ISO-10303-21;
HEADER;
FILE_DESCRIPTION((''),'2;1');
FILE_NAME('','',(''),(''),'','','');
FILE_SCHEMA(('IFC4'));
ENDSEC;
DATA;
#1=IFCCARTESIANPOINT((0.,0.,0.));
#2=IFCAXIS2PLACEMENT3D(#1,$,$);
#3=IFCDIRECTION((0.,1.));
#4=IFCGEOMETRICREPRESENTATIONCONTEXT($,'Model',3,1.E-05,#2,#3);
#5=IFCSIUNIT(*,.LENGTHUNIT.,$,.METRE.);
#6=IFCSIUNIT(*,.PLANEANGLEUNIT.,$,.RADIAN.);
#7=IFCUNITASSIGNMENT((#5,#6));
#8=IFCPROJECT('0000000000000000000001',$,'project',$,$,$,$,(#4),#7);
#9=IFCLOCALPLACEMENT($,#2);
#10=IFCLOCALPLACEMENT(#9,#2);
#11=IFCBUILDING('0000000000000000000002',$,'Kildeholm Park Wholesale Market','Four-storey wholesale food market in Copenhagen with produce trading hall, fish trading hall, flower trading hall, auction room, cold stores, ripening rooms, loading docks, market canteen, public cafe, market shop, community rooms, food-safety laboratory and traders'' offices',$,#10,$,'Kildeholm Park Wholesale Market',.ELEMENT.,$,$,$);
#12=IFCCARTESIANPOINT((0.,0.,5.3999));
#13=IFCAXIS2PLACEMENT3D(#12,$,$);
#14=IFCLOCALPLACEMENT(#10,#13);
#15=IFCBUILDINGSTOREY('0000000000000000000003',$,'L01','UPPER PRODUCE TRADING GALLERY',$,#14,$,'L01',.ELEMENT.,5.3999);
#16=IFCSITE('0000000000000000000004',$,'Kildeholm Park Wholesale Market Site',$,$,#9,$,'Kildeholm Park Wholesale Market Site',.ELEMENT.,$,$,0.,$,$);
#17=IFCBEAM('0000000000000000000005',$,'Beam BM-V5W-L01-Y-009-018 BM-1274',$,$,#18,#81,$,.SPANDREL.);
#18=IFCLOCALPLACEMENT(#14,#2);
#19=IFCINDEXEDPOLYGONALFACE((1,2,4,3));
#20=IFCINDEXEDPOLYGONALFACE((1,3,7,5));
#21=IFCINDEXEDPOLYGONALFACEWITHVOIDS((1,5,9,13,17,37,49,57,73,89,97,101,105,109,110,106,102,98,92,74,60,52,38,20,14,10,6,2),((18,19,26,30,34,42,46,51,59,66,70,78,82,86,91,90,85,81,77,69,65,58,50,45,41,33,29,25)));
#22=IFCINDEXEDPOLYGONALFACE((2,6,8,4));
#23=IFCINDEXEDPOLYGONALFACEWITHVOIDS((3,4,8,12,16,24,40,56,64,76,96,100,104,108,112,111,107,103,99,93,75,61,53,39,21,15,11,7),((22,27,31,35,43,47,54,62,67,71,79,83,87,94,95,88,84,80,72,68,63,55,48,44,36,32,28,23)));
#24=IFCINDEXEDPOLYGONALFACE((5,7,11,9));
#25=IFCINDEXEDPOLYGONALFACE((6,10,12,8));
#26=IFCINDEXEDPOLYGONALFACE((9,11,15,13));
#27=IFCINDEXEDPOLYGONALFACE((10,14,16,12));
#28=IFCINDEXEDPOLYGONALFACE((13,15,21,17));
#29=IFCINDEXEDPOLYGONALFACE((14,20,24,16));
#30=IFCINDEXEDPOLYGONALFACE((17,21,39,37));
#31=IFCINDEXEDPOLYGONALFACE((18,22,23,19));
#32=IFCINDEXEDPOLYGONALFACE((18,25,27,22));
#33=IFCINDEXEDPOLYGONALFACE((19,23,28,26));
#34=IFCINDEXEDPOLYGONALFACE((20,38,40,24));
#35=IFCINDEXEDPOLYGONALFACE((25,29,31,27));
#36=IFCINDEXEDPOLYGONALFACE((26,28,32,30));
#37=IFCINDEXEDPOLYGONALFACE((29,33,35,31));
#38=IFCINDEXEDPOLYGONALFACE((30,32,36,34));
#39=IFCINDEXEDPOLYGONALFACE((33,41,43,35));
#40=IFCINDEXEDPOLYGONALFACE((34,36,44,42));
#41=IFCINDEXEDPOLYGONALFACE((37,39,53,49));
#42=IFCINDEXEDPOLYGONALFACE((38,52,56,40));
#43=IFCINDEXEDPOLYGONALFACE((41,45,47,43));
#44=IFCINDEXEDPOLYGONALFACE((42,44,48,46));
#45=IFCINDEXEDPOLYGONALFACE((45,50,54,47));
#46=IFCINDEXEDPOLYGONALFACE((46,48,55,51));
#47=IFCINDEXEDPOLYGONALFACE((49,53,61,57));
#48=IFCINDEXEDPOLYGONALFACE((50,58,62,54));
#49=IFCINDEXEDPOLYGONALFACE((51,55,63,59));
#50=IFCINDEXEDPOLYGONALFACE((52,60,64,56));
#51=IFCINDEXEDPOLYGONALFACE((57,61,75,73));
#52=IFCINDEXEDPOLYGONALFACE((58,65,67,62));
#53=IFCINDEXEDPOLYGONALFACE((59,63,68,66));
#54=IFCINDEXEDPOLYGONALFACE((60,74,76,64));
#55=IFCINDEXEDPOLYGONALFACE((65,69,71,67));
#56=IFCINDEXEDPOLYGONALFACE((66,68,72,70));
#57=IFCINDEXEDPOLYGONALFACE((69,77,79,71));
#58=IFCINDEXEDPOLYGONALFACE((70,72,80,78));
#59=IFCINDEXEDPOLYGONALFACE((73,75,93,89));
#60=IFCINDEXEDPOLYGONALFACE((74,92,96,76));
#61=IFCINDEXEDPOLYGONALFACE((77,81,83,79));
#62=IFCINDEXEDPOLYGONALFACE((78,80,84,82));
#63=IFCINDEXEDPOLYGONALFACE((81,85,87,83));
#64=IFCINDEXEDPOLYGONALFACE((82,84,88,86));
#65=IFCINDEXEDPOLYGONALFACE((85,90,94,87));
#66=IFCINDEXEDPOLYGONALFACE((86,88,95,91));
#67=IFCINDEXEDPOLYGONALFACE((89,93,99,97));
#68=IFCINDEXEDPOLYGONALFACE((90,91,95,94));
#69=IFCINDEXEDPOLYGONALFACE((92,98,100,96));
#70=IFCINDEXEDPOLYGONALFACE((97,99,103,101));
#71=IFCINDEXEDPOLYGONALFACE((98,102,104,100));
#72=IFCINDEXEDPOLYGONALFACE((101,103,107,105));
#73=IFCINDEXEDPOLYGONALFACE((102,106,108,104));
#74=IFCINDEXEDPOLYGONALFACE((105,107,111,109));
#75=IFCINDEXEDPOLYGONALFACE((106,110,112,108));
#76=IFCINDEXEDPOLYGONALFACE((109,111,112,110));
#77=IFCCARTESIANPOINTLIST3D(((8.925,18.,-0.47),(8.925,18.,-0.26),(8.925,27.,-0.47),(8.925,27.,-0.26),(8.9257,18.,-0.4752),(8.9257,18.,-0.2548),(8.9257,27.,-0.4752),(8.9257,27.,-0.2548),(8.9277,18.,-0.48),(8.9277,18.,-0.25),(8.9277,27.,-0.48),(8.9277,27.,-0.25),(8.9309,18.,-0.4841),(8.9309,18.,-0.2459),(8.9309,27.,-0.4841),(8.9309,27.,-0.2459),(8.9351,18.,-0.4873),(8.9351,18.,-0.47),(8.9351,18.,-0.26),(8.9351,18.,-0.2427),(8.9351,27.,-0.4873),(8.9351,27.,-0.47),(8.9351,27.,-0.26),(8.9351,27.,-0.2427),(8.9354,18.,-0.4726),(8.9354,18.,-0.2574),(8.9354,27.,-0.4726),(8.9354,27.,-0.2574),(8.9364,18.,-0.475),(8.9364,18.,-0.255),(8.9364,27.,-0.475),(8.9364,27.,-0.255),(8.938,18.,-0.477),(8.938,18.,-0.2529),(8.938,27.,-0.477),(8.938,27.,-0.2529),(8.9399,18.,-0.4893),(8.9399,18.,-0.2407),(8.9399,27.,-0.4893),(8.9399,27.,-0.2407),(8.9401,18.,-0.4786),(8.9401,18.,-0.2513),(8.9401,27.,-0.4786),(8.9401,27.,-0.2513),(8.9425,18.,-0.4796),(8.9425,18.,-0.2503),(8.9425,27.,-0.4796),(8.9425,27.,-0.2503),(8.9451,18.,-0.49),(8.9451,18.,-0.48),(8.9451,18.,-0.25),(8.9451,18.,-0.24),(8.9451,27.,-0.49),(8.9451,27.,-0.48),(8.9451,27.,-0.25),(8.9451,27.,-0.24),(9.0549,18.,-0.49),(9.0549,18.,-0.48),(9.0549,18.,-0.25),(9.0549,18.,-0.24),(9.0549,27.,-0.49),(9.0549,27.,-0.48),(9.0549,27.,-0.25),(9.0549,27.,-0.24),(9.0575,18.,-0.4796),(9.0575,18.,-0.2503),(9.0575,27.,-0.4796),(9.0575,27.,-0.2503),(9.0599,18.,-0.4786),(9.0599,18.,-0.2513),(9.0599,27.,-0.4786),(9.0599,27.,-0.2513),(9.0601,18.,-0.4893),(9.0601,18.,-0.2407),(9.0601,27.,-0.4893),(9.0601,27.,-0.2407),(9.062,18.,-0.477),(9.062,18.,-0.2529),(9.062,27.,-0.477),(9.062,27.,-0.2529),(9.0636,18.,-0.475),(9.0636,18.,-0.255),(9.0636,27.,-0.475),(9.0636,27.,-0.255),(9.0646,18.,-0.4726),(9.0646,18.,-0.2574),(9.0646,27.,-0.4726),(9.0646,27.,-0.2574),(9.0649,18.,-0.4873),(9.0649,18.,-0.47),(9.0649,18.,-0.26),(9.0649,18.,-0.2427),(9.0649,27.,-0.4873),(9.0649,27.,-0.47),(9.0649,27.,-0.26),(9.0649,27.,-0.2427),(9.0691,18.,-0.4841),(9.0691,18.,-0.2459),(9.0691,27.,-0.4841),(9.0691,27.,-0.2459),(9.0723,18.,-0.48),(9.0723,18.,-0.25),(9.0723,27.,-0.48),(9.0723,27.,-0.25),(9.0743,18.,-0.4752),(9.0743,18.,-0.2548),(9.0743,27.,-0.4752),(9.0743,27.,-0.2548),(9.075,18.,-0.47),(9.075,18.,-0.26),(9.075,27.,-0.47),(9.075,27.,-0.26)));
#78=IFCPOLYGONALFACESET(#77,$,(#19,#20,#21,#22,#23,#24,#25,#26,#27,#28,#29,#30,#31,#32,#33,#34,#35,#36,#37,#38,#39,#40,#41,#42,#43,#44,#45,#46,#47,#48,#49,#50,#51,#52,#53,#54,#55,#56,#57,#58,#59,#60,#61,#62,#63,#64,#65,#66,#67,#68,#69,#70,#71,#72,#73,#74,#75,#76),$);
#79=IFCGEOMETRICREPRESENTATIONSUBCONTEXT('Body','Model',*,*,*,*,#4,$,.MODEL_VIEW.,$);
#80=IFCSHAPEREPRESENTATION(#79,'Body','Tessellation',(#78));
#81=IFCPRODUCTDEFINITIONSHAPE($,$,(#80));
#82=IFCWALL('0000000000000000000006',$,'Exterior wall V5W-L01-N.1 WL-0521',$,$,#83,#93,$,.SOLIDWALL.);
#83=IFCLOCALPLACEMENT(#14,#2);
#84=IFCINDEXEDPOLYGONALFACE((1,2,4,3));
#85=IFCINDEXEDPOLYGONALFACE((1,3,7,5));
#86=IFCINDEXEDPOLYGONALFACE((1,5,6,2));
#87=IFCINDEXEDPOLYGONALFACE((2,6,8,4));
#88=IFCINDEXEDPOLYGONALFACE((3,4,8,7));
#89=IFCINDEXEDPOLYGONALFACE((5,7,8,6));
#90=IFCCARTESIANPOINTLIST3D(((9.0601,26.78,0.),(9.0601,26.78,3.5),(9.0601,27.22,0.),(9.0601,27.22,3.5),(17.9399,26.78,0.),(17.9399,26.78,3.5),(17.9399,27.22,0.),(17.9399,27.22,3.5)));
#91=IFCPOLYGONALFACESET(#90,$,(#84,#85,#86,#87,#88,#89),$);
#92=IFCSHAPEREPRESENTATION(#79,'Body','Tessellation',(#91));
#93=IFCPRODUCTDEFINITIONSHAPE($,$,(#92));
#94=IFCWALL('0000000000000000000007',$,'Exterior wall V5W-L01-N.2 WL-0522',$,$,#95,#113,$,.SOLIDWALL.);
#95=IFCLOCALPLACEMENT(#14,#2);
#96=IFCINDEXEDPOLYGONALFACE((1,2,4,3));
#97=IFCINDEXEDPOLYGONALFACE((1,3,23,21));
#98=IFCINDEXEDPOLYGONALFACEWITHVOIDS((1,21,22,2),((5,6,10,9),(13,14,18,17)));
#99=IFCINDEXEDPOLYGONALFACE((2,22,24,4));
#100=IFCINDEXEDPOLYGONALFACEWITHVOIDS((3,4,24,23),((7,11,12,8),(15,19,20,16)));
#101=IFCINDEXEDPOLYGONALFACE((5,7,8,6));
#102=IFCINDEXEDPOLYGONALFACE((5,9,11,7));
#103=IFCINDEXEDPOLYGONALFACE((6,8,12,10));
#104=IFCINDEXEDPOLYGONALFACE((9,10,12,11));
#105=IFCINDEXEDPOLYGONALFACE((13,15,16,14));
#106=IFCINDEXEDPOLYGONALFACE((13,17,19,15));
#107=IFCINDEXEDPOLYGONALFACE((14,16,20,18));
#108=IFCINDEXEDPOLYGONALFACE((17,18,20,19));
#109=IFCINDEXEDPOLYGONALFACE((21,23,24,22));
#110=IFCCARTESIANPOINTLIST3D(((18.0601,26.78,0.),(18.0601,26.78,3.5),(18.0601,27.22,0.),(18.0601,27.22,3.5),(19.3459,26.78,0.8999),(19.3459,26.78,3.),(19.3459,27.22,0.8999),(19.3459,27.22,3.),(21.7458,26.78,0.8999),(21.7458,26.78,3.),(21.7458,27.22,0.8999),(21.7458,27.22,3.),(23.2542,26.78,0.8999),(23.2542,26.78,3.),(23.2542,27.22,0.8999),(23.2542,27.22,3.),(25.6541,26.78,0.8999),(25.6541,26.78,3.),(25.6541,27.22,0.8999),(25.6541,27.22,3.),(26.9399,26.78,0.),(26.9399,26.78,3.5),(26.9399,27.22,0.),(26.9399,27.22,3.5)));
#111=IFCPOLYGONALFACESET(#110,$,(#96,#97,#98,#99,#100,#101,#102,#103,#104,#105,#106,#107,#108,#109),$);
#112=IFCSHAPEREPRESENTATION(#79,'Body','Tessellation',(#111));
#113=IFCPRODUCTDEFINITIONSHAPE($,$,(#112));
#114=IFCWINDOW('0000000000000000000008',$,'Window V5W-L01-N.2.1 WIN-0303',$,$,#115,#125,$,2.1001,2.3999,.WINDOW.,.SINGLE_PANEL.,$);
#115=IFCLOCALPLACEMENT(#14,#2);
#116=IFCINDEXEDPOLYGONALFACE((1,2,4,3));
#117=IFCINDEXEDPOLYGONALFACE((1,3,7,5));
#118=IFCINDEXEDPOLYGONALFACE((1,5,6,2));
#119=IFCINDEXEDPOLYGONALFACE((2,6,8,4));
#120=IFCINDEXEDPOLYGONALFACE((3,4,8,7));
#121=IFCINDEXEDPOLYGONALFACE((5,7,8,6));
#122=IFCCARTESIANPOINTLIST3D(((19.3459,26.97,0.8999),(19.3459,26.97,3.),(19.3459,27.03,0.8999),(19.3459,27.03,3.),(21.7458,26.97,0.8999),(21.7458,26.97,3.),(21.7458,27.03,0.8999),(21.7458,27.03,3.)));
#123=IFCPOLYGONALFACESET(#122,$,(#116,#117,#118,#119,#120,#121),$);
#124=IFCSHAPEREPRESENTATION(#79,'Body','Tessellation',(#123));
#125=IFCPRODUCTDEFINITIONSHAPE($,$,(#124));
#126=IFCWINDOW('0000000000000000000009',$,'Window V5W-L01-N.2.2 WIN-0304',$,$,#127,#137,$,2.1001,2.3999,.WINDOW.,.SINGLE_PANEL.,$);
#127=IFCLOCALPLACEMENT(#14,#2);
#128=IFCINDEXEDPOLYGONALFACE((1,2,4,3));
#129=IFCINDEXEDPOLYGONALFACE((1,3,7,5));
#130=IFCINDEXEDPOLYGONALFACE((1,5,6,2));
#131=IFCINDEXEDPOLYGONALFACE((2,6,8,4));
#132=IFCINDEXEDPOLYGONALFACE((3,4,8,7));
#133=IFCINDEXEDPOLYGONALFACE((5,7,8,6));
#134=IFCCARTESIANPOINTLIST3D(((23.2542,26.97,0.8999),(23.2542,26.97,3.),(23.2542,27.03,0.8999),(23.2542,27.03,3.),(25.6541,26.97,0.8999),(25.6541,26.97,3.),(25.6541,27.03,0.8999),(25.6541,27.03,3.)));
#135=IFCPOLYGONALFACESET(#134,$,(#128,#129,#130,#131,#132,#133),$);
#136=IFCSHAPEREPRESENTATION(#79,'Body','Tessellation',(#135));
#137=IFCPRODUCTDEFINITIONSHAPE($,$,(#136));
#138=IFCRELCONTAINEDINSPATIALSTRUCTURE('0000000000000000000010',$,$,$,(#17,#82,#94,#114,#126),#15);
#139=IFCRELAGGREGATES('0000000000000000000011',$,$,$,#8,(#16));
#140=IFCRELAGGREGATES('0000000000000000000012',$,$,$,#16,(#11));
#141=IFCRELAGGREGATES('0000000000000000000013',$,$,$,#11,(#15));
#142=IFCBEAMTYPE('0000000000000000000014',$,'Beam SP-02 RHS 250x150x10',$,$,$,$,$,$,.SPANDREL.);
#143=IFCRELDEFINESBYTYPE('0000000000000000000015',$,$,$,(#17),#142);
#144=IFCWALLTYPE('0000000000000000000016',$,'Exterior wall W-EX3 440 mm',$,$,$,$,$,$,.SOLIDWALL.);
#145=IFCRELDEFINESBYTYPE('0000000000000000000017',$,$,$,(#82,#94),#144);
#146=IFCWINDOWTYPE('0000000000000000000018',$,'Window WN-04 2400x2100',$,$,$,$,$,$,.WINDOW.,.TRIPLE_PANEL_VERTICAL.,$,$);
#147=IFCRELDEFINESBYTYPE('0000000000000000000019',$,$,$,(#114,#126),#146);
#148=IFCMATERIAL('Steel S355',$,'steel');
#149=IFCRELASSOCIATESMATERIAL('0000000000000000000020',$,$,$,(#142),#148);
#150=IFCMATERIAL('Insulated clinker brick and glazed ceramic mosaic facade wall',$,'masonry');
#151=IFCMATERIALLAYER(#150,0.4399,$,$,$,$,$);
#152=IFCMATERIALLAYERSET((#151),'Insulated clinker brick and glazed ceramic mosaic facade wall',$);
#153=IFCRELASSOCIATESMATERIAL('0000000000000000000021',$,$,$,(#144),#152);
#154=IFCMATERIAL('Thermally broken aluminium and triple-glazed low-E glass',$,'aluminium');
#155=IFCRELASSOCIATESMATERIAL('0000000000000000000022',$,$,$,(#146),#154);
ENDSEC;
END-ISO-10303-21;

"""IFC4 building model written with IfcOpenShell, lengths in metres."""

from ifc_helpers import new_model, si_unit, direction, frame, frame_2d, origin, origin_2d, place, context, subcontext, project, spatial, rectangle, hollow_rectangle, extrude, material, layer, layer_set, material_profile, profile_set, type_object, element, fill, save


model = new_model("IFC4")

# Units and contexts
model_context = context("Model", 3, precision=1e-05, world=origin(), true_north=direction((0.0, 1.0)))
body_context = subcontext(model_context, "Body", "Model", "MODEL_VIEW")
ifc_project = project(units=[si_unit("LENGTHUNIT", "METRE"), si_unit("PLANEANGLEUNIT", "RADIAN")], contexts=[model_context])

# Site, building, storey
site_placement = place(None, origin())
site = spatial("IfcSite", under=ifc_project, at=site_placement, Name="Kildeholm Park Wholesale Market Site", LongName="Kildeholm Park Wholesale Market Site", CompositionType="ELEMENT", RefElevation=0.0)
building_placement = place(site_placement, origin())
building = spatial("IfcBuilding", under=site, at=building_placement, Name="Kildeholm Park Wholesale Market", Description="Four-storey wholesale food market in Copenhagen with produce trading hall, fish trading hall, flower trading hall, auction room, cold stores, ripening rooms, loading docks, market canteen, public cafe, market shop, community rooms, food-safety laboratory and traders' offices", LongName="Kildeholm Park Wholesale Market", CompositionType="ELEMENT")
storey_placement = place(building_placement, frame((0.0, 0.0, 5.3999)))
storey = spatial("IfcBuildingStorey", under=building, at=storey_placement, Name="L01", Description="UPPER PRODUCE TRADING GALLERY", LongName="L01", CompositionType="ELEMENT", Elevation=5.3999)

# Shared definitions
ifc_material_1 = material(Name="Steel S355", Category="steel")

# Beam
ifc_material_profile_1 = material_profile(ifc_material_1, hollow_rectangle(XDim=0.1499, YDim=0.25, WallThickness=0.01, InnerFilletRadius=0.01, OuterFilletRadius=0.02, at=origin_2d()), Name="RHS 250x150x10")
ifc_profile_set_1 = profile_set([ifc_material_profile_1], Name="Steel S355")
beam_type_1 = type_object("IfcBeamType", Name="Beam SP-02 RHS 250x150x10", PredefinedType="SPANDREL", material=ifc_profile_set_1)
beam_1_placement = place(storey_placement, frame((9.0, 18.0, -0.365), z_axis=(0.0, 1.0, 0.0), x_axis=(-1.0, 0.0, 0.0)))
element("IfcBeam", 1, at=beam_1_placement, inside=storey, type_object=beam_type_1, Name="Beam BM-V5W-L01-Y-009-018 BM-1274", PredefinedType="SPANDREL", context=body_context, shape_type="SweptSolid", body=[
    extrude(hollow_rectangle(XDim=0.1499, YDim=0.25, WallThickness=0.01, InnerFilletRadius=0.01, OuterFilletRadius=0.02, at=origin_2d()), origin(), (0.0, 0.0, 1.0), 9.0),
])

# Wall
ifc_material_2 = material(Name="Insulated clinker brick and glazed ceramic mosaic facade wall", Category="masonry")
ifc_layer_1 = layer(ifc_material_2, 0.4399)
ifc_layer_set_1 = layer_set([ifc_layer_1], Name="Insulated clinker brick and glazed ceramic mosaic facade wall")
wall_type_1 = type_object("IfcWallType", Name="Exterior wall W-EX3 440 mm", PredefinedType="SOLIDWALL", material=ifc_layer_set_1)
wall_1_placement = place(storey_placement, frame((9.0601, 27.0, 0.0), z_axis=(0.0, 0.0, 1.0), x_axis=(1.0, 0.0, 0.0)))
element("IfcWall", 2, at=wall_1_placement, inside=storey, type_object=wall_type_1, Name="Exterior wall V5W-L01-N.1 WL-0521", PredefinedType="SOLIDWALL", context=body_context, shape_type="SweptSolid", body=[
    extrude(rectangle(XDim=8.8799, YDim=0.4399, at=frame_2d((4.4399, 0.0))), origin(), (0.0, 0.0, 1.0), 3.5),
])

# Wall, openings, windows
wall_2_placement = place(storey_placement, frame((18.0601, 27.0, 0.0), z_axis=(0.0, 0.0, 1.0), x_axis=(1.0, 0.0, 0.0)))
wall_2 = element("IfcWall", 3, at=wall_2_placement, inside=storey, type_object=wall_type_1, Name="Exterior wall V5W-L01-N.2 WL-0522", PredefinedType="SOLIDWALL", context=body_context, shape_type="SweptSolid", body=[
    extrude(rectangle(XDim=8.8799, YDim=0.4399, at=frame_2d((4.4399, 0.0))), origin(), (0.0, 0.0, 1.0), 3.5),
])
opening_1_placement = place(wall_2_placement, frame((1.2859, 0.0, 0.8999)))
opening_1 = element("IfcOpeningElement", 4, at=opening_1_placement, cuts=wall_2, PredefinedType="OPENING", context=body_context, shape_type="SweptSolid", body=[
    extrude(rectangle(XDim=2.3999, YDim=2.1001, at=frame_2d((1.2, 1.05))), frame((0.0, 0.23, 0.0), z_axis=(0.0, -1.0, 0.0), x_axis=(1.0, 0.0, 0.0)), (0.0, 0.0, 1.0), 0.46),
])
opening_2_placement = place(wall_2_placement, frame((5.1941, 0.0, 0.8999)))
opening_2 = element("IfcOpeningElement", 5, at=opening_2_placement, cuts=wall_2, PredefinedType="OPENING", context=body_context, shape_type="SweptSolid", body=[
    extrude(rectangle(XDim=2.3999, YDim=2.1001, at=frame_2d((1.2, 1.05))), frame((0.0, 0.23, 0.0), z_axis=(0.0, -1.0, 0.0), x_axis=(1.0, 0.0, 0.0)), (0.0, 0.0, 1.0), 0.46),
])
ifc_material_3 = material(Name="Thermally broken aluminium and triple-glazed low-E glass", Category="aluminium")
window_type_1 = type_object("IfcWindowType", Name="Window WN-04 2400x2100", PartitioningType="TRIPLE_PANEL_VERTICAL", PredefinedType="WINDOW", material=ifc_material_3)
window_1_placement = place(opening_1_placement, origin())
window_1 = element("IfcWindow", 6, at=window_1_placement, inside=storey, type_object=window_type_1, Name="Window V5W-L01-N.2.1 WIN-0303", OverallHeight=2.1001, OverallWidth=2.3999, PartitioningType="SINGLE_PANEL", PredefinedType="WINDOW", context=body_context, shape_type="SweptSolid", body=[
    extrude(rectangle(XDim=2.3999, YDim=2.1001, at=frame_2d((1.2, 1.05))), frame((0.0, 0.03, 0.0), z_axis=(0.0, -1.0, 0.0), x_axis=(1.0, 0.0, 0.0)), (0.0, 0.0, 1.0), 0.0601),
])
fill(opening_1, window_1)
window_2_placement = place(opening_2_placement, origin())
window_2 = element("IfcWindow", 7, at=window_2_placement, inside=storey, type_object=window_type_1, Name="Window V5W-L01-N.2.2 WIN-0304", OverallHeight=2.1001, OverallWidth=2.3999, PartitioningType="SINGLE_PANEL", PredefinedType="WINDOW", context=body_context, shape_type="SweptSolid", body=[
    extrude(rectangle(XDim=2.3999, YDim=2.1001, at=frame_2d((1.2, 1.05))), frame((0.0, 0.03, 0.0), z_axis=(0.0, -1.0, 0.0), x_axis=(1.0, 0.0, 0.0)), (0.0, 0.0, 1.0), 0.0601),
])
fill(opening_2, window_2)

save(model, "model.ifc")
